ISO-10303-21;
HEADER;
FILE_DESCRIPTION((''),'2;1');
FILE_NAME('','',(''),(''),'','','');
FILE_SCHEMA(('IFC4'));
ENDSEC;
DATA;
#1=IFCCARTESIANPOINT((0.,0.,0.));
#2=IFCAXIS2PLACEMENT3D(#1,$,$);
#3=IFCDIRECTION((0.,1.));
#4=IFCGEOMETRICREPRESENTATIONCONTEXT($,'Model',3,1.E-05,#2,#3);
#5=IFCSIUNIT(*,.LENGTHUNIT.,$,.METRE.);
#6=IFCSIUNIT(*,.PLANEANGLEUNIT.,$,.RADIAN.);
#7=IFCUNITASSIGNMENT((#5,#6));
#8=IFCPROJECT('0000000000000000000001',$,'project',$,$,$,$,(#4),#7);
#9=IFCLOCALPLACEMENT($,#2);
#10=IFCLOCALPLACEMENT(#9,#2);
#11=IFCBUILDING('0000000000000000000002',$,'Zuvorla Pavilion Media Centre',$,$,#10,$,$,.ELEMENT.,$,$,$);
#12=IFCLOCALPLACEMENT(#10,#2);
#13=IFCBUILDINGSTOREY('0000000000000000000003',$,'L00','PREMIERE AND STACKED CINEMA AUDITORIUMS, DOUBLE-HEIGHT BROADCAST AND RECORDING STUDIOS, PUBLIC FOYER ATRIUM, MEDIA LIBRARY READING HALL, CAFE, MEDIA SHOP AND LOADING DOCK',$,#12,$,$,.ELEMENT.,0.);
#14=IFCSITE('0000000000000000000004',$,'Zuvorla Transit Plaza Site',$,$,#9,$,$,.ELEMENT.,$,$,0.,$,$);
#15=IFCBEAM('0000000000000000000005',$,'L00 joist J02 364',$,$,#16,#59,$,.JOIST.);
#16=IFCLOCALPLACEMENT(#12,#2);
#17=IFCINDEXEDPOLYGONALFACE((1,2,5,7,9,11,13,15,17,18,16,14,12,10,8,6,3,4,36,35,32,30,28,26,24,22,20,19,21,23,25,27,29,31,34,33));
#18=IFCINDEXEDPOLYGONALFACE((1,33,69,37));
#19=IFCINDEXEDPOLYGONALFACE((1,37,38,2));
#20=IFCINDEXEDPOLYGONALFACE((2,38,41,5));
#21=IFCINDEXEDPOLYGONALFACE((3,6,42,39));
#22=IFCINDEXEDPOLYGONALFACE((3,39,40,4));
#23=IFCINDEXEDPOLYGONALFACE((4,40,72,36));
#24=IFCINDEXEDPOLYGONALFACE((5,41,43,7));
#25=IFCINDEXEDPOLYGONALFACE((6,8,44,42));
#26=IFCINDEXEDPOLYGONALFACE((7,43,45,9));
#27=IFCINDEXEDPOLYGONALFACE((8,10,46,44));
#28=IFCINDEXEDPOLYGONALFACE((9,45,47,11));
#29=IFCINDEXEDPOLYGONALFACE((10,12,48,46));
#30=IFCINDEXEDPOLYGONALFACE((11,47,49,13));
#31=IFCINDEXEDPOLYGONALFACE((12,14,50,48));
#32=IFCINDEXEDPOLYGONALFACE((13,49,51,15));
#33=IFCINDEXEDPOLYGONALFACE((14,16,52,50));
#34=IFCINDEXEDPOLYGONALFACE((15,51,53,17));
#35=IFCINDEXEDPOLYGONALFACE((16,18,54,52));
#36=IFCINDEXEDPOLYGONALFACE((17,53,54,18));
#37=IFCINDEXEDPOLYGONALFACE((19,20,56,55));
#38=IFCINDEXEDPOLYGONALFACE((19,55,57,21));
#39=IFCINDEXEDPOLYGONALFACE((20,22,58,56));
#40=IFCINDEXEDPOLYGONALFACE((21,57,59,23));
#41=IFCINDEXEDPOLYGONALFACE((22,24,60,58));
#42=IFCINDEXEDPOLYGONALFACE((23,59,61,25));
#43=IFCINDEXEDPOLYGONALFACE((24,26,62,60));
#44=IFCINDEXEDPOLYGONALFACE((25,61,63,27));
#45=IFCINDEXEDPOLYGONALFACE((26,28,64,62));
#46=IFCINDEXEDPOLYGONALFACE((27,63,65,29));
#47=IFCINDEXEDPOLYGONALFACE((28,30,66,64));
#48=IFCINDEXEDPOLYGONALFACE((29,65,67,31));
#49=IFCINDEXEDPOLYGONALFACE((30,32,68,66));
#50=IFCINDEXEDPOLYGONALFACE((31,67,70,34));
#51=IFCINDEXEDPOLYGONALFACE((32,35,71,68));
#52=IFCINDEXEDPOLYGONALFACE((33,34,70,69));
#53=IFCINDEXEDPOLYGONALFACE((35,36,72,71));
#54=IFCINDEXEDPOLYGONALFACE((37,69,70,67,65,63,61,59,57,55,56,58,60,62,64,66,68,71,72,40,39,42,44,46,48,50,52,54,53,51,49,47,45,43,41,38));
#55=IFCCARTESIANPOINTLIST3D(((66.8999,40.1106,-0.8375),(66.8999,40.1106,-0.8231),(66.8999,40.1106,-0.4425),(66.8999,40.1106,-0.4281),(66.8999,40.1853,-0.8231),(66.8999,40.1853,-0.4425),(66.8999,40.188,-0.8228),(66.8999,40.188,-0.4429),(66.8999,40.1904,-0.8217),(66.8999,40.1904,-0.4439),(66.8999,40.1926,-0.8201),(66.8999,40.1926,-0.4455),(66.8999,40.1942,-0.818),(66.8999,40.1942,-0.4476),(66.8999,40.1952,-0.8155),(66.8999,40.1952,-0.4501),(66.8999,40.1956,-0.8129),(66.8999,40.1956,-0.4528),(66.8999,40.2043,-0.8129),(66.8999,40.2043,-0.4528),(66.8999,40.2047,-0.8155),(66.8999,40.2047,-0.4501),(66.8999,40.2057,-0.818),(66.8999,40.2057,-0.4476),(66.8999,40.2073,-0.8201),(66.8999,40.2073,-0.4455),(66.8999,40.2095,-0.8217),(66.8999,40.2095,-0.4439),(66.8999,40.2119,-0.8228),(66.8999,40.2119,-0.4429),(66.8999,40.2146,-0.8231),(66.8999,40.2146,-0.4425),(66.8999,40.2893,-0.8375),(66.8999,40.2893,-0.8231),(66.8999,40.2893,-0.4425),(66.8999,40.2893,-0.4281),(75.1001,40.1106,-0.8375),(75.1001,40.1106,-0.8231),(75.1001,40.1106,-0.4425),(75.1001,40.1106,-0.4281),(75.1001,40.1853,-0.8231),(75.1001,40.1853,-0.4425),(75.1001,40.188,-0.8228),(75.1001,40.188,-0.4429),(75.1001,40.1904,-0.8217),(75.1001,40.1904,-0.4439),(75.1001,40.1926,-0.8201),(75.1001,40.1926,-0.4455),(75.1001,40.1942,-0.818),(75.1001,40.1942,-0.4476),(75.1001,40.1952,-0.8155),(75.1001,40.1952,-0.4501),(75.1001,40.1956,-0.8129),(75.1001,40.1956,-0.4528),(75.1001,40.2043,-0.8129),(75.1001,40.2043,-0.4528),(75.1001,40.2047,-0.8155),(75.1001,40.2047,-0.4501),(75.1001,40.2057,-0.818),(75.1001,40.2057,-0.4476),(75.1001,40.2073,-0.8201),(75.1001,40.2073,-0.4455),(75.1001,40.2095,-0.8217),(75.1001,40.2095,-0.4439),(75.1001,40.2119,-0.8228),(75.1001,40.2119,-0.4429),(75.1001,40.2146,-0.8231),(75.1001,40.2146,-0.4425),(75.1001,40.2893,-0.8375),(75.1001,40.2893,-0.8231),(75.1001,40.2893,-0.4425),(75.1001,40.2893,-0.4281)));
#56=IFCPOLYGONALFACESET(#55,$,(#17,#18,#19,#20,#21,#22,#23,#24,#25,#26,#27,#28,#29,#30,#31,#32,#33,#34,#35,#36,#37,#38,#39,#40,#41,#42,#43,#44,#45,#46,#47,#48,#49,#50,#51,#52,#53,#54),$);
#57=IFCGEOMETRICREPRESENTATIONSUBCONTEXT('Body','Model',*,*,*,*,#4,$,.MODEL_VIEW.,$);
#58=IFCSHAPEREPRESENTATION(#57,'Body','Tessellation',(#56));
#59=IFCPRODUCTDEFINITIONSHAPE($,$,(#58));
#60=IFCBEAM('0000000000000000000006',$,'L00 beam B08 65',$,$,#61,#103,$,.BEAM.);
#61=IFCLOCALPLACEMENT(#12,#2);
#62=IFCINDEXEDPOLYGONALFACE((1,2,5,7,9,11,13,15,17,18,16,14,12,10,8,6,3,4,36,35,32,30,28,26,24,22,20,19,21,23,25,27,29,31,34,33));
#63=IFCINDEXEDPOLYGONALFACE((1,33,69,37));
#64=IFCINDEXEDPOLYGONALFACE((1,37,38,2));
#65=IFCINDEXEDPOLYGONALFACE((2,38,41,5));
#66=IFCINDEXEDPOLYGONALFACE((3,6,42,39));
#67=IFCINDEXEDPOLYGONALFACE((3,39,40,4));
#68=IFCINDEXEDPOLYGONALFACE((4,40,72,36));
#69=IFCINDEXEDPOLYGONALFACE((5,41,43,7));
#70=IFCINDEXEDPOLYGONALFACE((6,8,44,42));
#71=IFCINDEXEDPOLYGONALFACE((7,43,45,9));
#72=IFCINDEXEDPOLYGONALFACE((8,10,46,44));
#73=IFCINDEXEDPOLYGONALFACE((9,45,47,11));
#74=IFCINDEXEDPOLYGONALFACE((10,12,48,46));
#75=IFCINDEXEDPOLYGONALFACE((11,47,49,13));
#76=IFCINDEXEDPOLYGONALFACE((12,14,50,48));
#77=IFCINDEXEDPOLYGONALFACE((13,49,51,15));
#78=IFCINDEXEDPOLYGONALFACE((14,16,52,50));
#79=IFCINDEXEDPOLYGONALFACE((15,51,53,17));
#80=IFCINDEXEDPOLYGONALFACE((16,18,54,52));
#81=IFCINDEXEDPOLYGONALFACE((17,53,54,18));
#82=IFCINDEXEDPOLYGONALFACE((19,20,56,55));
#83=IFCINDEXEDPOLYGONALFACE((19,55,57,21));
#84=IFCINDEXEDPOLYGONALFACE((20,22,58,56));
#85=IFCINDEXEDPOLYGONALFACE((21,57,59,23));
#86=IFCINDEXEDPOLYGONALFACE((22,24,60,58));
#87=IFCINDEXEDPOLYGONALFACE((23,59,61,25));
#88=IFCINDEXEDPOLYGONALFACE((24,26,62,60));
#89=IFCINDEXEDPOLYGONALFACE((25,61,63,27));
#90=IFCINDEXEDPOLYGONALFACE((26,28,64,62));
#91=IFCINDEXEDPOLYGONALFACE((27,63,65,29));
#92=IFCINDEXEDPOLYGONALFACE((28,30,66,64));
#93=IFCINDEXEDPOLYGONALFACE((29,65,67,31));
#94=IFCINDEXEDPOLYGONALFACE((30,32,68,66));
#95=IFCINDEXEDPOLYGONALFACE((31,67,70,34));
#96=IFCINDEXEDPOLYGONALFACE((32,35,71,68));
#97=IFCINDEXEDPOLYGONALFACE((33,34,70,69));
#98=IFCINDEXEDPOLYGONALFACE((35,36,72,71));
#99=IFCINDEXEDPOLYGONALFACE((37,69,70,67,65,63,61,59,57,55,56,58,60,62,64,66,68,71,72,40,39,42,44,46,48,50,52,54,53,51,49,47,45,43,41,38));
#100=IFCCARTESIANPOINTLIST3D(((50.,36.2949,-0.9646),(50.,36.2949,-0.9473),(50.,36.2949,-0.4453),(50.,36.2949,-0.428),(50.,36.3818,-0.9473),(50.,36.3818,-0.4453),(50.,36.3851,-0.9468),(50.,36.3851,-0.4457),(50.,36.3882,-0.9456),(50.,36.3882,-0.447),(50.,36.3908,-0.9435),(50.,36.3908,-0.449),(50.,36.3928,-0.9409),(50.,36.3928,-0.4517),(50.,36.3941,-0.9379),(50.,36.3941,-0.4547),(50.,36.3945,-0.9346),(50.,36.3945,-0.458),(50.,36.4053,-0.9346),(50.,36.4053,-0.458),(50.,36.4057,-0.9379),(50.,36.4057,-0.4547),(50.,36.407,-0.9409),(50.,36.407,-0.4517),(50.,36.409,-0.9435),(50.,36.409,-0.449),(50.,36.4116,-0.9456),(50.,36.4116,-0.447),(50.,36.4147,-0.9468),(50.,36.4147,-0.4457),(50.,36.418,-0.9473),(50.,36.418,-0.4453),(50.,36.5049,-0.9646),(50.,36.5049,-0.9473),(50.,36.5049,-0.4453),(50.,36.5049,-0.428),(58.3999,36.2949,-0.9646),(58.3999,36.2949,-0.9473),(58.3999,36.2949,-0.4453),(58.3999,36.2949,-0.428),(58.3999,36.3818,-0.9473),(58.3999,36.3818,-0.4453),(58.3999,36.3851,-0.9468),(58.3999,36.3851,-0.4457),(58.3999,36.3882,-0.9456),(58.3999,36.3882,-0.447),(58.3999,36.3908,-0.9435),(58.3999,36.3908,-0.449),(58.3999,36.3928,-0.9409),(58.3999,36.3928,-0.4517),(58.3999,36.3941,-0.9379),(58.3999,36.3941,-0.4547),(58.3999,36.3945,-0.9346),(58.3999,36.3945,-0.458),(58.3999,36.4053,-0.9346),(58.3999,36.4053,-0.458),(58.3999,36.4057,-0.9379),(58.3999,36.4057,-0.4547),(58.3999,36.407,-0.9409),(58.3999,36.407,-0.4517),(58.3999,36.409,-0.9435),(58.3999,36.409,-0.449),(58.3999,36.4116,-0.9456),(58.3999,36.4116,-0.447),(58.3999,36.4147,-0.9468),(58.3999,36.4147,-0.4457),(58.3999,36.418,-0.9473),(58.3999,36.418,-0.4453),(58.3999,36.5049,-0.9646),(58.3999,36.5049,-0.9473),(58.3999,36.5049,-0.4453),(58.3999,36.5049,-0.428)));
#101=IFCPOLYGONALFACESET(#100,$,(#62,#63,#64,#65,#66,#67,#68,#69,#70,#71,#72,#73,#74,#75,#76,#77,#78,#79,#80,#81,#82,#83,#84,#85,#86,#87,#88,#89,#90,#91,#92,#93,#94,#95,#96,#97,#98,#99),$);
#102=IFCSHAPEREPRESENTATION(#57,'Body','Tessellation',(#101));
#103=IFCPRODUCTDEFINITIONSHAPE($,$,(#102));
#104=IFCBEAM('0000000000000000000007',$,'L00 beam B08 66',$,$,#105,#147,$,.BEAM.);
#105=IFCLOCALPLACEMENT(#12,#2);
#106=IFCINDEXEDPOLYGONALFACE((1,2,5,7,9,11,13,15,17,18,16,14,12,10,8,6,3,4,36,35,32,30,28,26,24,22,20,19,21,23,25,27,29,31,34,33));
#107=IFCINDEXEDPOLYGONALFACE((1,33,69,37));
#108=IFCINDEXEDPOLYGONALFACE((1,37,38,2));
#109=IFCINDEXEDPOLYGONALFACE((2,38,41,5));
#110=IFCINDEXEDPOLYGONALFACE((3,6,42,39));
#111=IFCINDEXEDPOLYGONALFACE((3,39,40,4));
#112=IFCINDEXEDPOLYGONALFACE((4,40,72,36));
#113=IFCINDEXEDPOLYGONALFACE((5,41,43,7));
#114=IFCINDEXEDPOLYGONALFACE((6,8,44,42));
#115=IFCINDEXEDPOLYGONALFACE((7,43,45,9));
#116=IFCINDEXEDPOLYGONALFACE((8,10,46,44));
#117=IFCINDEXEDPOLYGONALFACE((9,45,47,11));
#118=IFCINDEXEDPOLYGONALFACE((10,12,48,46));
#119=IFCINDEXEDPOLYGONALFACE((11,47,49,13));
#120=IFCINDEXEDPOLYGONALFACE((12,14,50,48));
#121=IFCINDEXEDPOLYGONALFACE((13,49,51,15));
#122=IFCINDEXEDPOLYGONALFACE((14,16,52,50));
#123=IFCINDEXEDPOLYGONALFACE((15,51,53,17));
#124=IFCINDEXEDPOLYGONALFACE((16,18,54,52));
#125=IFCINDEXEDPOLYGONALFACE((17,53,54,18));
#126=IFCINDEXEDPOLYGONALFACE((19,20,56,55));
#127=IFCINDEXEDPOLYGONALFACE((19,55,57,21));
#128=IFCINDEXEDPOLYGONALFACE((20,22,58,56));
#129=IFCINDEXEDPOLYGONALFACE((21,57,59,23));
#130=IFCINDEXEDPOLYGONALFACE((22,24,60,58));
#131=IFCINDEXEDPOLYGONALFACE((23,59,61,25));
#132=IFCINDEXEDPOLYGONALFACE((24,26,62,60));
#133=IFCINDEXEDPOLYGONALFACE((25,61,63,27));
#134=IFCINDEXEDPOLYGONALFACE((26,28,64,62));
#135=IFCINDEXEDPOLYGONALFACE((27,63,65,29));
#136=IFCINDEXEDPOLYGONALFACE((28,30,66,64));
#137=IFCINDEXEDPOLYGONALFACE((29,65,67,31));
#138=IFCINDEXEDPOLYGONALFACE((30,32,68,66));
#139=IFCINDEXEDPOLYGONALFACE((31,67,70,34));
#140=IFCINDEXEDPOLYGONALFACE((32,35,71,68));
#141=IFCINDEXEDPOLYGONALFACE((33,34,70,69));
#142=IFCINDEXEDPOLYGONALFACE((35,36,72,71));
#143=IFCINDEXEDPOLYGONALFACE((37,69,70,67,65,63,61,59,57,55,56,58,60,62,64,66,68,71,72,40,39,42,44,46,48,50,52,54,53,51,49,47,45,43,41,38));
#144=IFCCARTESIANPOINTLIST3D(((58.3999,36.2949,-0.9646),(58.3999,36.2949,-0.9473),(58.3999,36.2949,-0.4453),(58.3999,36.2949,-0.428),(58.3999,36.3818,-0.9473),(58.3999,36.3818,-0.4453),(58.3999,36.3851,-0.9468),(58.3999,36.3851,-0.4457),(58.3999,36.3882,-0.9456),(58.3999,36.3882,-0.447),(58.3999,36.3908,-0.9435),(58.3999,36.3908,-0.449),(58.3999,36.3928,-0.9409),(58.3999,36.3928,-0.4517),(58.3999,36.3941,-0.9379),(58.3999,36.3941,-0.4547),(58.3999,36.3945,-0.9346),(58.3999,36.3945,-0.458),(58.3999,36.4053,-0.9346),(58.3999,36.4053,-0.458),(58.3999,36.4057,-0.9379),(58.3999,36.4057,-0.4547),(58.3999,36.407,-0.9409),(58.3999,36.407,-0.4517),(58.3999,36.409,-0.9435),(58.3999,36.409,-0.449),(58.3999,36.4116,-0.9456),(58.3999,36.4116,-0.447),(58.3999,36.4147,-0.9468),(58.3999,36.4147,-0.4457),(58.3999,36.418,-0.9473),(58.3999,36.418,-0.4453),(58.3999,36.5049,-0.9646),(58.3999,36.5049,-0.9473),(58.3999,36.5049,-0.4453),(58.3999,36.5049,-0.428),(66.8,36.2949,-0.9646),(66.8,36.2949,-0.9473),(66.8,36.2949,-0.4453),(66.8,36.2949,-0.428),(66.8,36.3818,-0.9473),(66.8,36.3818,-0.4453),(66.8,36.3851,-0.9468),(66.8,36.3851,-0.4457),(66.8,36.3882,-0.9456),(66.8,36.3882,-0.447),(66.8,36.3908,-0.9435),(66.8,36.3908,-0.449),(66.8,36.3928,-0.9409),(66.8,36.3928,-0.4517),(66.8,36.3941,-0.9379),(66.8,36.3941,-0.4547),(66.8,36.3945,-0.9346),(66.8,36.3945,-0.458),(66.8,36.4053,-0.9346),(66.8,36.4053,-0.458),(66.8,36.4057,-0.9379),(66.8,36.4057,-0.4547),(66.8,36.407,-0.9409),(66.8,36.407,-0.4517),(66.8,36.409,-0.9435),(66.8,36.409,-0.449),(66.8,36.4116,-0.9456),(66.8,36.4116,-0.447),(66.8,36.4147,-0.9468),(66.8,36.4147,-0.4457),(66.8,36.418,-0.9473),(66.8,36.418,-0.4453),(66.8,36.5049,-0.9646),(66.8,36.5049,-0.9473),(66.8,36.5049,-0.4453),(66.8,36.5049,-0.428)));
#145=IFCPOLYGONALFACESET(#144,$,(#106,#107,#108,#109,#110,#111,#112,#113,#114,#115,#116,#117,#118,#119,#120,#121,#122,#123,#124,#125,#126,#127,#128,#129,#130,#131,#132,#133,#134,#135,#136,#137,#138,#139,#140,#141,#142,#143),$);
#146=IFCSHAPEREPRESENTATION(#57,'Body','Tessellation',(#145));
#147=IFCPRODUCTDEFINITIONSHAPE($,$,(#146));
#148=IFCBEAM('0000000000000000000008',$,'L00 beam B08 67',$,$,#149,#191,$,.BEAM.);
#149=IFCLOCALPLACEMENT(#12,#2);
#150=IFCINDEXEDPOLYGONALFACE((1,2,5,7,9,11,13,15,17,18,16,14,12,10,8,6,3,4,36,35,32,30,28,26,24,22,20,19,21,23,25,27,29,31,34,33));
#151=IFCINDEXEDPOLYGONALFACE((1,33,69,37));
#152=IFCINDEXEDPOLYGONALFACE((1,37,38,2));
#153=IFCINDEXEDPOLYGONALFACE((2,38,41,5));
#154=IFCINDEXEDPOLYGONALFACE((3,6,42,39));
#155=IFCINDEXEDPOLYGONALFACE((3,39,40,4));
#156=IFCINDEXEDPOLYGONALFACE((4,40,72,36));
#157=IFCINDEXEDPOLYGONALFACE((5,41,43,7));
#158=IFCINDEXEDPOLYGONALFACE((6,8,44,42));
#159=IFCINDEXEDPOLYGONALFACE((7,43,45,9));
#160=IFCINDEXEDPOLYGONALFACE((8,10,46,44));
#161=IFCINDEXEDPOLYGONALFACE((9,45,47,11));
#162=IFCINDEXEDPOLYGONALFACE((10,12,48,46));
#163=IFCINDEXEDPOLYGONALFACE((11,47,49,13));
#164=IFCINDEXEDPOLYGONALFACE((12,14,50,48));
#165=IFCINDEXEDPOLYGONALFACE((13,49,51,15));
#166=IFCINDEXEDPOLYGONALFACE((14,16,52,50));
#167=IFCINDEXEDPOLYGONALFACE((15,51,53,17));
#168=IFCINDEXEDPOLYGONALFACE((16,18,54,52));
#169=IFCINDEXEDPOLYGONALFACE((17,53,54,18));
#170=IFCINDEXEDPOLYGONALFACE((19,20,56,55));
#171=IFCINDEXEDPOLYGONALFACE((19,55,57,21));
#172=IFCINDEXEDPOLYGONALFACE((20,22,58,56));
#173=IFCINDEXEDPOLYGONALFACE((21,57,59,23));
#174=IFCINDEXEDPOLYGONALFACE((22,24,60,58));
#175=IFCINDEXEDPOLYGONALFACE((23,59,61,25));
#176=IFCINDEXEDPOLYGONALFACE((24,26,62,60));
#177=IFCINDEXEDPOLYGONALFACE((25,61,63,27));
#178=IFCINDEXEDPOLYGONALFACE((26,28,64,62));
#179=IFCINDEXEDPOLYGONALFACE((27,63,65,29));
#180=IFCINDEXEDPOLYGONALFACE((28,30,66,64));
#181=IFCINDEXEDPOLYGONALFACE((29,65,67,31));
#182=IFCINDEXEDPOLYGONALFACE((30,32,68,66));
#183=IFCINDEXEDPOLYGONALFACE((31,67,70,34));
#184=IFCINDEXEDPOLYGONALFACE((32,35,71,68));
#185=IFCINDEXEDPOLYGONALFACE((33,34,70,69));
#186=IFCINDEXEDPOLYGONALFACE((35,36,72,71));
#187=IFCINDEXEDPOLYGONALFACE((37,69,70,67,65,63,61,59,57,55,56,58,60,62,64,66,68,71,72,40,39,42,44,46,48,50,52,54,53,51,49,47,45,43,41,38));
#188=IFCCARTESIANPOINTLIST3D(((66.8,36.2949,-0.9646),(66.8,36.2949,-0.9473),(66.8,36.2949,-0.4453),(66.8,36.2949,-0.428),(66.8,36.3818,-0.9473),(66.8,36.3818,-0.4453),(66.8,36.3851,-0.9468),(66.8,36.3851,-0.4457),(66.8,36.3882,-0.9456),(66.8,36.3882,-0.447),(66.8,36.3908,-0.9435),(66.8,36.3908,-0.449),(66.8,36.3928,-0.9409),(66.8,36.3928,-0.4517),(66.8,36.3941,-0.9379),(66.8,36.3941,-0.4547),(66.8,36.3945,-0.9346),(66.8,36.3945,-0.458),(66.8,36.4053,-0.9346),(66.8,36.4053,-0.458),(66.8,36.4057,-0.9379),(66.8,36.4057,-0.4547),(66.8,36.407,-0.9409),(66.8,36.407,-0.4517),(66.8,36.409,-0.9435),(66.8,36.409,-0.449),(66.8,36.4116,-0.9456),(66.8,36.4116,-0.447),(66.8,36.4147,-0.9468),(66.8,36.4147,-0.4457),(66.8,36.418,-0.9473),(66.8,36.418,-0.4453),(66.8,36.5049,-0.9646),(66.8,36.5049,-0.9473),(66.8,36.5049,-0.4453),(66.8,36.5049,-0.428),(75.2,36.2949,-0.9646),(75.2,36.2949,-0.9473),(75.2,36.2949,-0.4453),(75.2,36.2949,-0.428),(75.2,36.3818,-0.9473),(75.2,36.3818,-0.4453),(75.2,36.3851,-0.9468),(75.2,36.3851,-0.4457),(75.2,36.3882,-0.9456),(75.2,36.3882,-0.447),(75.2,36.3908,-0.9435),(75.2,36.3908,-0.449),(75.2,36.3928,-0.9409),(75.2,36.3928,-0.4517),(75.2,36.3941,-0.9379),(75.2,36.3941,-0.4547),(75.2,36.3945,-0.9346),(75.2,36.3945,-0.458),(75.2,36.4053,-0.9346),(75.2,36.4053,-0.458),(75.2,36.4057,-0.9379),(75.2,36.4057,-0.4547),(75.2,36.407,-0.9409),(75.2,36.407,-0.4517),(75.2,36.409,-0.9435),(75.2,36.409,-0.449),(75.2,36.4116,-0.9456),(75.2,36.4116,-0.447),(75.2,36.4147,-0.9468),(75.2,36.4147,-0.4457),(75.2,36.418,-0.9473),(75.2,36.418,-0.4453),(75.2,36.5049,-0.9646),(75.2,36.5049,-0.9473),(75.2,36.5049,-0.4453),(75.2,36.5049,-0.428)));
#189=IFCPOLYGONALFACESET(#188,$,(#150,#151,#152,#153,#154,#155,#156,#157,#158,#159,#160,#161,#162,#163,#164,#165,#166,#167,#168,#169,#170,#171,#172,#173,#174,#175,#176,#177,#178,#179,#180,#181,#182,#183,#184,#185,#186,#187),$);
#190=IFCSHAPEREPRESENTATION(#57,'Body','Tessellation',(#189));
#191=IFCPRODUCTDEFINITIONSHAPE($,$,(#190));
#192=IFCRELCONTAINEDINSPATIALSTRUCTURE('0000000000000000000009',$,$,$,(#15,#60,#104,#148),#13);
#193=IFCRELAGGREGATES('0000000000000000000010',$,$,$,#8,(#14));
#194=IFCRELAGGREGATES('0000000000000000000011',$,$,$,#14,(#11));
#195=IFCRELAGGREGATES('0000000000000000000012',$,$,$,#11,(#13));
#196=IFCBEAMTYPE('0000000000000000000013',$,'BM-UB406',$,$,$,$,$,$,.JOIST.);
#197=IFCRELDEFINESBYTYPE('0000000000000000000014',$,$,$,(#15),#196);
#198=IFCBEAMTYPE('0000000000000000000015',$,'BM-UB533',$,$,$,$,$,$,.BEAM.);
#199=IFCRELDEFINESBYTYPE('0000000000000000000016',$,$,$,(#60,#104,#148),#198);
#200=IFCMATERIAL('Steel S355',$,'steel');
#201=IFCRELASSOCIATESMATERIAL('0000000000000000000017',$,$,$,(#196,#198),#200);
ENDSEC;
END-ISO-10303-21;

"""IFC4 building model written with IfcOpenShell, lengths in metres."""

from ifc_helpers import new_model, si_unit, direction, frame, origin, origin_2d, place, context, subcontext, project, spatial, i_section, extrude, material, material_profile, profile_set, type_object, element, save


model = new_model("IFC4")

# Units and contexts
model_context = context("Model", 3, precision=1e-05, world=origin(), true_north=direction((0.0, 1.0)))
body_context = subcontext(model_context, "Body", "Model", "MODEL_VIEW")
ifc_project = project(units=[si_unit("LENGTHUNIT", "METRE"), si_unit("PLANEANGLEUNIT", "RADIAN")], contexts=[model_context])

# Site, building, storey
site_placement = place(None, origin())
site = spatial("IfcSite", under=ifc_project, at=site_placement, Name="Zuvorla Transit Plaza Site", CompositionType="ELEMENT", RefElevation=0.0)
building_placement = place(site_placement, origin())
building = spatial("IfcBuilding", under=site, at=building_placement, Name="Zuvorla Pavilion Media Centre", CompositionType="ELEMENT")
storey_placement = place(building_placement, origin())
storey = spatial("IfcBuildingStorey", under=building, at=storey_placement, Name="L00", Description="PREMIERE AND STACKED CINEMA AUDITORIUMS, DOUBLE-HEIGHT BROADCAST AND RECORDING STUDIOS, PUBLIC FOYER ATRIUM, MEDIA LIBRARY READING HALL, CAFE, MEDIA SHOP AND LOADING DOCK", CompositionType="ELEMENT", Elevation=0.0)

# Beams
ifc_material_1 = material(Name="Steel S355", Category="steel")
ifc_material_profile_1 = material_profile(ifc_material_1, i_section(OverallWidth=0.1787, OverallDepth=0.4094, WebThickness=0.0088, FlangeThickness=0.0144, FilletRadius=0.0103, at=origin_2d()), Name="UB 406x178x67")
ifc_profile_set_1 = profile_set([ifc_material_profile_1], Name="Steel S355")
beam_type_1 = type_object("IfcBeamType", Name="BM-UB406", PredefinedType="JOIST", material=ifc_profile_set_1)
beam_1_placement = place(storey_placement, frame((66.8999, 40.2, -0.6328), z_axis=(1.0, 0.0, 0.0), x_axis=(0.0, 1.0, 0.0)))
element("IfcBeam", 1, at=beam_1_placement, inside=storey, type_object=beam_type_1, Name="L00 joist J02 364", PredefinedType="JOIST", context=body_context, shape_type="SweptSolid", body=[
    extrude(i_section(OverallWidth=0.1787, OverallDepth=0.4094, WebThickness=0.0088, FlangeThickness=0.0144, FilletRadius=0.0103, at=origin_2d()), origin(), (0.0, 0.0, 1.0), 8.2002),
])
ifc_material_profile_2 = material_profile(ifc_material_1, i_section(OverallWidth=0.21, OverallDepth=0.5366, WebThickness=0.0107, FlangeThickness=0.0173, FilletRadius=0.0127, at=origin_2d()), Name="UB 533x210x101")
ifc_profile_set_2 = profile_set([ifc_material_profile_2], Name="Steel S355")
beam_type_2 = type_object("IfcBeamType", Name="BM-UB533", PredefinedType="BEAM", material=ifc_profile_set_2)
beam_2_placement = place(storey_placement, frame((50.0, 36.3999, -0.6963), z_axis=(1.0, 0.0, 0.0), x_axis=(0.0, 1.0, 0.0)))
element("IfcBeam", 2, at=beam_2_placement, inside=storey, type_object=beam_type_2, Name="L00 beam B08 65", PredefinedType="BEAM", context=body_context, shape_type="SweptSolid", body=[
    extrude(i_section(OverallWidth=0.21, OverallDepth=0.5366, WebThickness=0.0107, FlangeThickness=0.0173, FilletRadius=0.0127, at=origin_2d()), origin(), (0.0, 0.0, 1.0), 8.3999),
])
beam_3_placement = place(storey_placement, frame((58.3999, 36.3999, -0.6963), z_axis=(1.0, 0.0, 0.0), x_axis=(0.0, 1.0, 0.0)))
element("IfcBeam", 3, at=beam_3_placement, inside=storey, type_object=beam_type_2, Name="L00 beam B08 66", PredefinedType="BEAM", context=body_context, shape_type="SweptSolid", body=[
    extrude(i_section(OverallWidth=0.21, OverallDepth=0.5366, WebThickness=0.0107, FlangeThickness=0.0173, FilletRadius=0.0127, at=origin_2d()), origin(), (0.0, 0.0, 1.0), 8.4001),
])
beam_4_placement = place(storey_placement, frame((66.8, 36.3999, -0.6963), z_axis=(1.0, 0.0, 0.0), x_axis=(0.0, 1.0, 0.0)))
element("IfcBeam", 4, at=beam_4_placement, inside=storey, type_object=beam_type_2, Name="L00 beam B08 67", PredefinedType="BEAM", context=body_context, shape_type="SweptSolid", body=[
    extrude(i_section(OverallWidth=0.21, OverallDepth=0.5366, WebThickness=0.0107, FlangeThickness=0.0173, FilletRadius=0.0127, at=origin_2d()), origin(), (0.0, 0.0, 1.0), 8.3999),
])

save(model, "model.ifc")
